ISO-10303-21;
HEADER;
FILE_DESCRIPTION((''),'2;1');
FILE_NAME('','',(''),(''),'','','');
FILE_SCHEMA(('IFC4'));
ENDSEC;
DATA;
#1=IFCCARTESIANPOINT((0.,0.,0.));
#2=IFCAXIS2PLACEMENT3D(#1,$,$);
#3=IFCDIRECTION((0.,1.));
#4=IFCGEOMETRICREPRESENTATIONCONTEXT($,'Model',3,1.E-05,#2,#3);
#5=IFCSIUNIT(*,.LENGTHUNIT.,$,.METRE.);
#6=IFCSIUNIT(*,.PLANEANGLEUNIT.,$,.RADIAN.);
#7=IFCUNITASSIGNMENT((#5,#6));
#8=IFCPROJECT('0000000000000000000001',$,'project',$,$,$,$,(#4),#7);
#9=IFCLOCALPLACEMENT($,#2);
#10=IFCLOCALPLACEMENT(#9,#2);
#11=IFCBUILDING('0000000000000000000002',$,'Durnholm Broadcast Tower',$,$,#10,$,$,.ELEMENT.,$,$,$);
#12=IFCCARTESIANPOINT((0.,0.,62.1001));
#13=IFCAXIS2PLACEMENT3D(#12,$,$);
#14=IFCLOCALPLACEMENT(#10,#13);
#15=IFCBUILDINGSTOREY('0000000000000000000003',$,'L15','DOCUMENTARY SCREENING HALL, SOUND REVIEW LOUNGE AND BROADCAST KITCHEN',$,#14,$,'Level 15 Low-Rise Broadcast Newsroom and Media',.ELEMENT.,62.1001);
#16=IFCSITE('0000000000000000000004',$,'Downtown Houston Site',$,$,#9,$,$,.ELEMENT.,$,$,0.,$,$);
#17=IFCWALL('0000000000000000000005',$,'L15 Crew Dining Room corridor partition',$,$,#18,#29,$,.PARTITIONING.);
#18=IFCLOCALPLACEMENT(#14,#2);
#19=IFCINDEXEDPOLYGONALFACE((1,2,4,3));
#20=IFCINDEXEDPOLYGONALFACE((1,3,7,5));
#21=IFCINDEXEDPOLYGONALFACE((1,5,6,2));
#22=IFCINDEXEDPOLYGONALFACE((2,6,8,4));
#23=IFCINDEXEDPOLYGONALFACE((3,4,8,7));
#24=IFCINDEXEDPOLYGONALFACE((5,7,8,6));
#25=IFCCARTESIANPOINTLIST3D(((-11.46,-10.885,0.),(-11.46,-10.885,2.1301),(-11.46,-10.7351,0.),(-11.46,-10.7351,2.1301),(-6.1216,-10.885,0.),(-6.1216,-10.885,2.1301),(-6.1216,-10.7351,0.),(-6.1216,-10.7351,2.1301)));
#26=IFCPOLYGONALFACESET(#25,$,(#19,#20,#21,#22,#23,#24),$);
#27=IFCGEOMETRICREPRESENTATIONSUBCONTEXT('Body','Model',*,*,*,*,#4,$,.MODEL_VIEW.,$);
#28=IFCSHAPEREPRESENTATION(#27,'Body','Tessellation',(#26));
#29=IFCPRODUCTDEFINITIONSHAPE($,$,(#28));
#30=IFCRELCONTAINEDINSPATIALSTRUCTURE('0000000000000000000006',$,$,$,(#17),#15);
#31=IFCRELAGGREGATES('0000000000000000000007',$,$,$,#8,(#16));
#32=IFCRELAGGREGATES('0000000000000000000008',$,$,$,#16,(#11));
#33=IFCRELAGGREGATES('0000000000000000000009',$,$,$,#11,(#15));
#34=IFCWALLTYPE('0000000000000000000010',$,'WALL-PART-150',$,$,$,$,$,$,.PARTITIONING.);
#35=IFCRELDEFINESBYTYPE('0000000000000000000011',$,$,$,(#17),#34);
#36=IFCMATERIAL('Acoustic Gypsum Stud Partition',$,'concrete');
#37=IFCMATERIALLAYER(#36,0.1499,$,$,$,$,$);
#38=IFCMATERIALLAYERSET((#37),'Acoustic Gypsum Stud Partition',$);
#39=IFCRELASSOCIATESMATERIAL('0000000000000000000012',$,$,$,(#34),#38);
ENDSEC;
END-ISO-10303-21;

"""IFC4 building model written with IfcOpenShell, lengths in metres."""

from ifc_helpers import new_model, si_unit, direction, frame, frame_2d, origin, place, context, subcontext, project, spatial, rectangle, extrude, material, layer, layer_set, type_object, element, save


model = new_model("IFC4")

# Units and contexts
model_context = context("Model", 3, precision=1e-05, world=origin(), true_north=direction((0.0, 1.0)))
body_context = subcontext(model_context, "Body", "Model", "MODEL_VIEW")
ifc_project = project(units=[si_unit("LENGTHUNIT", "METRE"), si_unit("PLANEANGLEUNIT", "RADIAN")], contexts=[model_context])

# Site, building, storey
site_placement = place(None, origin())
site = spatial("IfcSite", under=ifc_project, at=site_placement, Name="Downtown Houston Site", CompositionType="ELEMENT", RefElevation=0.0)
building_placement = place(site_placement, origin())
building = spatial("IfcBuilding", under=site, at=building_placement, Name="Durnholm Broadcast Tower", CompositionType="ELEMENT")
storey_placement = place(building_placement, frame((0.0, 0.0, 62.1001)))
storey = spatial("IfcBuildingStorey", under=building, at=storey_placement, Name="L15", Description="DOCUMENTARY SCREENING HALL, SOUND REVIEW LOUNGE AND BROADCAST KITCHEN", LongName="Level 15 Low-Rise Broadcast Newsroom and Media", CompositionType="ELEMENT", Elevation=62.1001)

# Shared definitions
ifc_material_1 = material(Name="Acoustic Gypsum Stud Partition", Category="concrete")
ifc_layer_1 = layer(ifc_material_1, 0.1499)
ifc_layer_set_1 = layer_set([ifc_layer_1], Name="Acoustic Gypsum Stud Partition")
wall_type_1 = type_object("IfcWallType", Name="WALL-PART-150", PredefinedType="PARTITIONING", material=ifc_layer_set_1)

# Wall
wall_1_placement = place(storey_placement, frame((-11.46, -10.8101, 0.0), z_axis=(0.0, 0.0, 1.0), x_axis=(1.0, 0.0, 0.0)))
element("IfcWall", 1, at=wall_1_placement, inside=storey, type_object=wall_type_1, Name="L15 Crew Dining Room corridor partition", PredefinedType="PARTITIONING", context=body_context, shape_type="SweptSolid", body=[
    extrude(rectangle(XDim=5.3384, YDim=0.1499, at=frame_2d((2.6692, 0.0))), origin(), (0.0, 0.0, 1.0), 2.1301),
])

save(model, "model.ifc")
